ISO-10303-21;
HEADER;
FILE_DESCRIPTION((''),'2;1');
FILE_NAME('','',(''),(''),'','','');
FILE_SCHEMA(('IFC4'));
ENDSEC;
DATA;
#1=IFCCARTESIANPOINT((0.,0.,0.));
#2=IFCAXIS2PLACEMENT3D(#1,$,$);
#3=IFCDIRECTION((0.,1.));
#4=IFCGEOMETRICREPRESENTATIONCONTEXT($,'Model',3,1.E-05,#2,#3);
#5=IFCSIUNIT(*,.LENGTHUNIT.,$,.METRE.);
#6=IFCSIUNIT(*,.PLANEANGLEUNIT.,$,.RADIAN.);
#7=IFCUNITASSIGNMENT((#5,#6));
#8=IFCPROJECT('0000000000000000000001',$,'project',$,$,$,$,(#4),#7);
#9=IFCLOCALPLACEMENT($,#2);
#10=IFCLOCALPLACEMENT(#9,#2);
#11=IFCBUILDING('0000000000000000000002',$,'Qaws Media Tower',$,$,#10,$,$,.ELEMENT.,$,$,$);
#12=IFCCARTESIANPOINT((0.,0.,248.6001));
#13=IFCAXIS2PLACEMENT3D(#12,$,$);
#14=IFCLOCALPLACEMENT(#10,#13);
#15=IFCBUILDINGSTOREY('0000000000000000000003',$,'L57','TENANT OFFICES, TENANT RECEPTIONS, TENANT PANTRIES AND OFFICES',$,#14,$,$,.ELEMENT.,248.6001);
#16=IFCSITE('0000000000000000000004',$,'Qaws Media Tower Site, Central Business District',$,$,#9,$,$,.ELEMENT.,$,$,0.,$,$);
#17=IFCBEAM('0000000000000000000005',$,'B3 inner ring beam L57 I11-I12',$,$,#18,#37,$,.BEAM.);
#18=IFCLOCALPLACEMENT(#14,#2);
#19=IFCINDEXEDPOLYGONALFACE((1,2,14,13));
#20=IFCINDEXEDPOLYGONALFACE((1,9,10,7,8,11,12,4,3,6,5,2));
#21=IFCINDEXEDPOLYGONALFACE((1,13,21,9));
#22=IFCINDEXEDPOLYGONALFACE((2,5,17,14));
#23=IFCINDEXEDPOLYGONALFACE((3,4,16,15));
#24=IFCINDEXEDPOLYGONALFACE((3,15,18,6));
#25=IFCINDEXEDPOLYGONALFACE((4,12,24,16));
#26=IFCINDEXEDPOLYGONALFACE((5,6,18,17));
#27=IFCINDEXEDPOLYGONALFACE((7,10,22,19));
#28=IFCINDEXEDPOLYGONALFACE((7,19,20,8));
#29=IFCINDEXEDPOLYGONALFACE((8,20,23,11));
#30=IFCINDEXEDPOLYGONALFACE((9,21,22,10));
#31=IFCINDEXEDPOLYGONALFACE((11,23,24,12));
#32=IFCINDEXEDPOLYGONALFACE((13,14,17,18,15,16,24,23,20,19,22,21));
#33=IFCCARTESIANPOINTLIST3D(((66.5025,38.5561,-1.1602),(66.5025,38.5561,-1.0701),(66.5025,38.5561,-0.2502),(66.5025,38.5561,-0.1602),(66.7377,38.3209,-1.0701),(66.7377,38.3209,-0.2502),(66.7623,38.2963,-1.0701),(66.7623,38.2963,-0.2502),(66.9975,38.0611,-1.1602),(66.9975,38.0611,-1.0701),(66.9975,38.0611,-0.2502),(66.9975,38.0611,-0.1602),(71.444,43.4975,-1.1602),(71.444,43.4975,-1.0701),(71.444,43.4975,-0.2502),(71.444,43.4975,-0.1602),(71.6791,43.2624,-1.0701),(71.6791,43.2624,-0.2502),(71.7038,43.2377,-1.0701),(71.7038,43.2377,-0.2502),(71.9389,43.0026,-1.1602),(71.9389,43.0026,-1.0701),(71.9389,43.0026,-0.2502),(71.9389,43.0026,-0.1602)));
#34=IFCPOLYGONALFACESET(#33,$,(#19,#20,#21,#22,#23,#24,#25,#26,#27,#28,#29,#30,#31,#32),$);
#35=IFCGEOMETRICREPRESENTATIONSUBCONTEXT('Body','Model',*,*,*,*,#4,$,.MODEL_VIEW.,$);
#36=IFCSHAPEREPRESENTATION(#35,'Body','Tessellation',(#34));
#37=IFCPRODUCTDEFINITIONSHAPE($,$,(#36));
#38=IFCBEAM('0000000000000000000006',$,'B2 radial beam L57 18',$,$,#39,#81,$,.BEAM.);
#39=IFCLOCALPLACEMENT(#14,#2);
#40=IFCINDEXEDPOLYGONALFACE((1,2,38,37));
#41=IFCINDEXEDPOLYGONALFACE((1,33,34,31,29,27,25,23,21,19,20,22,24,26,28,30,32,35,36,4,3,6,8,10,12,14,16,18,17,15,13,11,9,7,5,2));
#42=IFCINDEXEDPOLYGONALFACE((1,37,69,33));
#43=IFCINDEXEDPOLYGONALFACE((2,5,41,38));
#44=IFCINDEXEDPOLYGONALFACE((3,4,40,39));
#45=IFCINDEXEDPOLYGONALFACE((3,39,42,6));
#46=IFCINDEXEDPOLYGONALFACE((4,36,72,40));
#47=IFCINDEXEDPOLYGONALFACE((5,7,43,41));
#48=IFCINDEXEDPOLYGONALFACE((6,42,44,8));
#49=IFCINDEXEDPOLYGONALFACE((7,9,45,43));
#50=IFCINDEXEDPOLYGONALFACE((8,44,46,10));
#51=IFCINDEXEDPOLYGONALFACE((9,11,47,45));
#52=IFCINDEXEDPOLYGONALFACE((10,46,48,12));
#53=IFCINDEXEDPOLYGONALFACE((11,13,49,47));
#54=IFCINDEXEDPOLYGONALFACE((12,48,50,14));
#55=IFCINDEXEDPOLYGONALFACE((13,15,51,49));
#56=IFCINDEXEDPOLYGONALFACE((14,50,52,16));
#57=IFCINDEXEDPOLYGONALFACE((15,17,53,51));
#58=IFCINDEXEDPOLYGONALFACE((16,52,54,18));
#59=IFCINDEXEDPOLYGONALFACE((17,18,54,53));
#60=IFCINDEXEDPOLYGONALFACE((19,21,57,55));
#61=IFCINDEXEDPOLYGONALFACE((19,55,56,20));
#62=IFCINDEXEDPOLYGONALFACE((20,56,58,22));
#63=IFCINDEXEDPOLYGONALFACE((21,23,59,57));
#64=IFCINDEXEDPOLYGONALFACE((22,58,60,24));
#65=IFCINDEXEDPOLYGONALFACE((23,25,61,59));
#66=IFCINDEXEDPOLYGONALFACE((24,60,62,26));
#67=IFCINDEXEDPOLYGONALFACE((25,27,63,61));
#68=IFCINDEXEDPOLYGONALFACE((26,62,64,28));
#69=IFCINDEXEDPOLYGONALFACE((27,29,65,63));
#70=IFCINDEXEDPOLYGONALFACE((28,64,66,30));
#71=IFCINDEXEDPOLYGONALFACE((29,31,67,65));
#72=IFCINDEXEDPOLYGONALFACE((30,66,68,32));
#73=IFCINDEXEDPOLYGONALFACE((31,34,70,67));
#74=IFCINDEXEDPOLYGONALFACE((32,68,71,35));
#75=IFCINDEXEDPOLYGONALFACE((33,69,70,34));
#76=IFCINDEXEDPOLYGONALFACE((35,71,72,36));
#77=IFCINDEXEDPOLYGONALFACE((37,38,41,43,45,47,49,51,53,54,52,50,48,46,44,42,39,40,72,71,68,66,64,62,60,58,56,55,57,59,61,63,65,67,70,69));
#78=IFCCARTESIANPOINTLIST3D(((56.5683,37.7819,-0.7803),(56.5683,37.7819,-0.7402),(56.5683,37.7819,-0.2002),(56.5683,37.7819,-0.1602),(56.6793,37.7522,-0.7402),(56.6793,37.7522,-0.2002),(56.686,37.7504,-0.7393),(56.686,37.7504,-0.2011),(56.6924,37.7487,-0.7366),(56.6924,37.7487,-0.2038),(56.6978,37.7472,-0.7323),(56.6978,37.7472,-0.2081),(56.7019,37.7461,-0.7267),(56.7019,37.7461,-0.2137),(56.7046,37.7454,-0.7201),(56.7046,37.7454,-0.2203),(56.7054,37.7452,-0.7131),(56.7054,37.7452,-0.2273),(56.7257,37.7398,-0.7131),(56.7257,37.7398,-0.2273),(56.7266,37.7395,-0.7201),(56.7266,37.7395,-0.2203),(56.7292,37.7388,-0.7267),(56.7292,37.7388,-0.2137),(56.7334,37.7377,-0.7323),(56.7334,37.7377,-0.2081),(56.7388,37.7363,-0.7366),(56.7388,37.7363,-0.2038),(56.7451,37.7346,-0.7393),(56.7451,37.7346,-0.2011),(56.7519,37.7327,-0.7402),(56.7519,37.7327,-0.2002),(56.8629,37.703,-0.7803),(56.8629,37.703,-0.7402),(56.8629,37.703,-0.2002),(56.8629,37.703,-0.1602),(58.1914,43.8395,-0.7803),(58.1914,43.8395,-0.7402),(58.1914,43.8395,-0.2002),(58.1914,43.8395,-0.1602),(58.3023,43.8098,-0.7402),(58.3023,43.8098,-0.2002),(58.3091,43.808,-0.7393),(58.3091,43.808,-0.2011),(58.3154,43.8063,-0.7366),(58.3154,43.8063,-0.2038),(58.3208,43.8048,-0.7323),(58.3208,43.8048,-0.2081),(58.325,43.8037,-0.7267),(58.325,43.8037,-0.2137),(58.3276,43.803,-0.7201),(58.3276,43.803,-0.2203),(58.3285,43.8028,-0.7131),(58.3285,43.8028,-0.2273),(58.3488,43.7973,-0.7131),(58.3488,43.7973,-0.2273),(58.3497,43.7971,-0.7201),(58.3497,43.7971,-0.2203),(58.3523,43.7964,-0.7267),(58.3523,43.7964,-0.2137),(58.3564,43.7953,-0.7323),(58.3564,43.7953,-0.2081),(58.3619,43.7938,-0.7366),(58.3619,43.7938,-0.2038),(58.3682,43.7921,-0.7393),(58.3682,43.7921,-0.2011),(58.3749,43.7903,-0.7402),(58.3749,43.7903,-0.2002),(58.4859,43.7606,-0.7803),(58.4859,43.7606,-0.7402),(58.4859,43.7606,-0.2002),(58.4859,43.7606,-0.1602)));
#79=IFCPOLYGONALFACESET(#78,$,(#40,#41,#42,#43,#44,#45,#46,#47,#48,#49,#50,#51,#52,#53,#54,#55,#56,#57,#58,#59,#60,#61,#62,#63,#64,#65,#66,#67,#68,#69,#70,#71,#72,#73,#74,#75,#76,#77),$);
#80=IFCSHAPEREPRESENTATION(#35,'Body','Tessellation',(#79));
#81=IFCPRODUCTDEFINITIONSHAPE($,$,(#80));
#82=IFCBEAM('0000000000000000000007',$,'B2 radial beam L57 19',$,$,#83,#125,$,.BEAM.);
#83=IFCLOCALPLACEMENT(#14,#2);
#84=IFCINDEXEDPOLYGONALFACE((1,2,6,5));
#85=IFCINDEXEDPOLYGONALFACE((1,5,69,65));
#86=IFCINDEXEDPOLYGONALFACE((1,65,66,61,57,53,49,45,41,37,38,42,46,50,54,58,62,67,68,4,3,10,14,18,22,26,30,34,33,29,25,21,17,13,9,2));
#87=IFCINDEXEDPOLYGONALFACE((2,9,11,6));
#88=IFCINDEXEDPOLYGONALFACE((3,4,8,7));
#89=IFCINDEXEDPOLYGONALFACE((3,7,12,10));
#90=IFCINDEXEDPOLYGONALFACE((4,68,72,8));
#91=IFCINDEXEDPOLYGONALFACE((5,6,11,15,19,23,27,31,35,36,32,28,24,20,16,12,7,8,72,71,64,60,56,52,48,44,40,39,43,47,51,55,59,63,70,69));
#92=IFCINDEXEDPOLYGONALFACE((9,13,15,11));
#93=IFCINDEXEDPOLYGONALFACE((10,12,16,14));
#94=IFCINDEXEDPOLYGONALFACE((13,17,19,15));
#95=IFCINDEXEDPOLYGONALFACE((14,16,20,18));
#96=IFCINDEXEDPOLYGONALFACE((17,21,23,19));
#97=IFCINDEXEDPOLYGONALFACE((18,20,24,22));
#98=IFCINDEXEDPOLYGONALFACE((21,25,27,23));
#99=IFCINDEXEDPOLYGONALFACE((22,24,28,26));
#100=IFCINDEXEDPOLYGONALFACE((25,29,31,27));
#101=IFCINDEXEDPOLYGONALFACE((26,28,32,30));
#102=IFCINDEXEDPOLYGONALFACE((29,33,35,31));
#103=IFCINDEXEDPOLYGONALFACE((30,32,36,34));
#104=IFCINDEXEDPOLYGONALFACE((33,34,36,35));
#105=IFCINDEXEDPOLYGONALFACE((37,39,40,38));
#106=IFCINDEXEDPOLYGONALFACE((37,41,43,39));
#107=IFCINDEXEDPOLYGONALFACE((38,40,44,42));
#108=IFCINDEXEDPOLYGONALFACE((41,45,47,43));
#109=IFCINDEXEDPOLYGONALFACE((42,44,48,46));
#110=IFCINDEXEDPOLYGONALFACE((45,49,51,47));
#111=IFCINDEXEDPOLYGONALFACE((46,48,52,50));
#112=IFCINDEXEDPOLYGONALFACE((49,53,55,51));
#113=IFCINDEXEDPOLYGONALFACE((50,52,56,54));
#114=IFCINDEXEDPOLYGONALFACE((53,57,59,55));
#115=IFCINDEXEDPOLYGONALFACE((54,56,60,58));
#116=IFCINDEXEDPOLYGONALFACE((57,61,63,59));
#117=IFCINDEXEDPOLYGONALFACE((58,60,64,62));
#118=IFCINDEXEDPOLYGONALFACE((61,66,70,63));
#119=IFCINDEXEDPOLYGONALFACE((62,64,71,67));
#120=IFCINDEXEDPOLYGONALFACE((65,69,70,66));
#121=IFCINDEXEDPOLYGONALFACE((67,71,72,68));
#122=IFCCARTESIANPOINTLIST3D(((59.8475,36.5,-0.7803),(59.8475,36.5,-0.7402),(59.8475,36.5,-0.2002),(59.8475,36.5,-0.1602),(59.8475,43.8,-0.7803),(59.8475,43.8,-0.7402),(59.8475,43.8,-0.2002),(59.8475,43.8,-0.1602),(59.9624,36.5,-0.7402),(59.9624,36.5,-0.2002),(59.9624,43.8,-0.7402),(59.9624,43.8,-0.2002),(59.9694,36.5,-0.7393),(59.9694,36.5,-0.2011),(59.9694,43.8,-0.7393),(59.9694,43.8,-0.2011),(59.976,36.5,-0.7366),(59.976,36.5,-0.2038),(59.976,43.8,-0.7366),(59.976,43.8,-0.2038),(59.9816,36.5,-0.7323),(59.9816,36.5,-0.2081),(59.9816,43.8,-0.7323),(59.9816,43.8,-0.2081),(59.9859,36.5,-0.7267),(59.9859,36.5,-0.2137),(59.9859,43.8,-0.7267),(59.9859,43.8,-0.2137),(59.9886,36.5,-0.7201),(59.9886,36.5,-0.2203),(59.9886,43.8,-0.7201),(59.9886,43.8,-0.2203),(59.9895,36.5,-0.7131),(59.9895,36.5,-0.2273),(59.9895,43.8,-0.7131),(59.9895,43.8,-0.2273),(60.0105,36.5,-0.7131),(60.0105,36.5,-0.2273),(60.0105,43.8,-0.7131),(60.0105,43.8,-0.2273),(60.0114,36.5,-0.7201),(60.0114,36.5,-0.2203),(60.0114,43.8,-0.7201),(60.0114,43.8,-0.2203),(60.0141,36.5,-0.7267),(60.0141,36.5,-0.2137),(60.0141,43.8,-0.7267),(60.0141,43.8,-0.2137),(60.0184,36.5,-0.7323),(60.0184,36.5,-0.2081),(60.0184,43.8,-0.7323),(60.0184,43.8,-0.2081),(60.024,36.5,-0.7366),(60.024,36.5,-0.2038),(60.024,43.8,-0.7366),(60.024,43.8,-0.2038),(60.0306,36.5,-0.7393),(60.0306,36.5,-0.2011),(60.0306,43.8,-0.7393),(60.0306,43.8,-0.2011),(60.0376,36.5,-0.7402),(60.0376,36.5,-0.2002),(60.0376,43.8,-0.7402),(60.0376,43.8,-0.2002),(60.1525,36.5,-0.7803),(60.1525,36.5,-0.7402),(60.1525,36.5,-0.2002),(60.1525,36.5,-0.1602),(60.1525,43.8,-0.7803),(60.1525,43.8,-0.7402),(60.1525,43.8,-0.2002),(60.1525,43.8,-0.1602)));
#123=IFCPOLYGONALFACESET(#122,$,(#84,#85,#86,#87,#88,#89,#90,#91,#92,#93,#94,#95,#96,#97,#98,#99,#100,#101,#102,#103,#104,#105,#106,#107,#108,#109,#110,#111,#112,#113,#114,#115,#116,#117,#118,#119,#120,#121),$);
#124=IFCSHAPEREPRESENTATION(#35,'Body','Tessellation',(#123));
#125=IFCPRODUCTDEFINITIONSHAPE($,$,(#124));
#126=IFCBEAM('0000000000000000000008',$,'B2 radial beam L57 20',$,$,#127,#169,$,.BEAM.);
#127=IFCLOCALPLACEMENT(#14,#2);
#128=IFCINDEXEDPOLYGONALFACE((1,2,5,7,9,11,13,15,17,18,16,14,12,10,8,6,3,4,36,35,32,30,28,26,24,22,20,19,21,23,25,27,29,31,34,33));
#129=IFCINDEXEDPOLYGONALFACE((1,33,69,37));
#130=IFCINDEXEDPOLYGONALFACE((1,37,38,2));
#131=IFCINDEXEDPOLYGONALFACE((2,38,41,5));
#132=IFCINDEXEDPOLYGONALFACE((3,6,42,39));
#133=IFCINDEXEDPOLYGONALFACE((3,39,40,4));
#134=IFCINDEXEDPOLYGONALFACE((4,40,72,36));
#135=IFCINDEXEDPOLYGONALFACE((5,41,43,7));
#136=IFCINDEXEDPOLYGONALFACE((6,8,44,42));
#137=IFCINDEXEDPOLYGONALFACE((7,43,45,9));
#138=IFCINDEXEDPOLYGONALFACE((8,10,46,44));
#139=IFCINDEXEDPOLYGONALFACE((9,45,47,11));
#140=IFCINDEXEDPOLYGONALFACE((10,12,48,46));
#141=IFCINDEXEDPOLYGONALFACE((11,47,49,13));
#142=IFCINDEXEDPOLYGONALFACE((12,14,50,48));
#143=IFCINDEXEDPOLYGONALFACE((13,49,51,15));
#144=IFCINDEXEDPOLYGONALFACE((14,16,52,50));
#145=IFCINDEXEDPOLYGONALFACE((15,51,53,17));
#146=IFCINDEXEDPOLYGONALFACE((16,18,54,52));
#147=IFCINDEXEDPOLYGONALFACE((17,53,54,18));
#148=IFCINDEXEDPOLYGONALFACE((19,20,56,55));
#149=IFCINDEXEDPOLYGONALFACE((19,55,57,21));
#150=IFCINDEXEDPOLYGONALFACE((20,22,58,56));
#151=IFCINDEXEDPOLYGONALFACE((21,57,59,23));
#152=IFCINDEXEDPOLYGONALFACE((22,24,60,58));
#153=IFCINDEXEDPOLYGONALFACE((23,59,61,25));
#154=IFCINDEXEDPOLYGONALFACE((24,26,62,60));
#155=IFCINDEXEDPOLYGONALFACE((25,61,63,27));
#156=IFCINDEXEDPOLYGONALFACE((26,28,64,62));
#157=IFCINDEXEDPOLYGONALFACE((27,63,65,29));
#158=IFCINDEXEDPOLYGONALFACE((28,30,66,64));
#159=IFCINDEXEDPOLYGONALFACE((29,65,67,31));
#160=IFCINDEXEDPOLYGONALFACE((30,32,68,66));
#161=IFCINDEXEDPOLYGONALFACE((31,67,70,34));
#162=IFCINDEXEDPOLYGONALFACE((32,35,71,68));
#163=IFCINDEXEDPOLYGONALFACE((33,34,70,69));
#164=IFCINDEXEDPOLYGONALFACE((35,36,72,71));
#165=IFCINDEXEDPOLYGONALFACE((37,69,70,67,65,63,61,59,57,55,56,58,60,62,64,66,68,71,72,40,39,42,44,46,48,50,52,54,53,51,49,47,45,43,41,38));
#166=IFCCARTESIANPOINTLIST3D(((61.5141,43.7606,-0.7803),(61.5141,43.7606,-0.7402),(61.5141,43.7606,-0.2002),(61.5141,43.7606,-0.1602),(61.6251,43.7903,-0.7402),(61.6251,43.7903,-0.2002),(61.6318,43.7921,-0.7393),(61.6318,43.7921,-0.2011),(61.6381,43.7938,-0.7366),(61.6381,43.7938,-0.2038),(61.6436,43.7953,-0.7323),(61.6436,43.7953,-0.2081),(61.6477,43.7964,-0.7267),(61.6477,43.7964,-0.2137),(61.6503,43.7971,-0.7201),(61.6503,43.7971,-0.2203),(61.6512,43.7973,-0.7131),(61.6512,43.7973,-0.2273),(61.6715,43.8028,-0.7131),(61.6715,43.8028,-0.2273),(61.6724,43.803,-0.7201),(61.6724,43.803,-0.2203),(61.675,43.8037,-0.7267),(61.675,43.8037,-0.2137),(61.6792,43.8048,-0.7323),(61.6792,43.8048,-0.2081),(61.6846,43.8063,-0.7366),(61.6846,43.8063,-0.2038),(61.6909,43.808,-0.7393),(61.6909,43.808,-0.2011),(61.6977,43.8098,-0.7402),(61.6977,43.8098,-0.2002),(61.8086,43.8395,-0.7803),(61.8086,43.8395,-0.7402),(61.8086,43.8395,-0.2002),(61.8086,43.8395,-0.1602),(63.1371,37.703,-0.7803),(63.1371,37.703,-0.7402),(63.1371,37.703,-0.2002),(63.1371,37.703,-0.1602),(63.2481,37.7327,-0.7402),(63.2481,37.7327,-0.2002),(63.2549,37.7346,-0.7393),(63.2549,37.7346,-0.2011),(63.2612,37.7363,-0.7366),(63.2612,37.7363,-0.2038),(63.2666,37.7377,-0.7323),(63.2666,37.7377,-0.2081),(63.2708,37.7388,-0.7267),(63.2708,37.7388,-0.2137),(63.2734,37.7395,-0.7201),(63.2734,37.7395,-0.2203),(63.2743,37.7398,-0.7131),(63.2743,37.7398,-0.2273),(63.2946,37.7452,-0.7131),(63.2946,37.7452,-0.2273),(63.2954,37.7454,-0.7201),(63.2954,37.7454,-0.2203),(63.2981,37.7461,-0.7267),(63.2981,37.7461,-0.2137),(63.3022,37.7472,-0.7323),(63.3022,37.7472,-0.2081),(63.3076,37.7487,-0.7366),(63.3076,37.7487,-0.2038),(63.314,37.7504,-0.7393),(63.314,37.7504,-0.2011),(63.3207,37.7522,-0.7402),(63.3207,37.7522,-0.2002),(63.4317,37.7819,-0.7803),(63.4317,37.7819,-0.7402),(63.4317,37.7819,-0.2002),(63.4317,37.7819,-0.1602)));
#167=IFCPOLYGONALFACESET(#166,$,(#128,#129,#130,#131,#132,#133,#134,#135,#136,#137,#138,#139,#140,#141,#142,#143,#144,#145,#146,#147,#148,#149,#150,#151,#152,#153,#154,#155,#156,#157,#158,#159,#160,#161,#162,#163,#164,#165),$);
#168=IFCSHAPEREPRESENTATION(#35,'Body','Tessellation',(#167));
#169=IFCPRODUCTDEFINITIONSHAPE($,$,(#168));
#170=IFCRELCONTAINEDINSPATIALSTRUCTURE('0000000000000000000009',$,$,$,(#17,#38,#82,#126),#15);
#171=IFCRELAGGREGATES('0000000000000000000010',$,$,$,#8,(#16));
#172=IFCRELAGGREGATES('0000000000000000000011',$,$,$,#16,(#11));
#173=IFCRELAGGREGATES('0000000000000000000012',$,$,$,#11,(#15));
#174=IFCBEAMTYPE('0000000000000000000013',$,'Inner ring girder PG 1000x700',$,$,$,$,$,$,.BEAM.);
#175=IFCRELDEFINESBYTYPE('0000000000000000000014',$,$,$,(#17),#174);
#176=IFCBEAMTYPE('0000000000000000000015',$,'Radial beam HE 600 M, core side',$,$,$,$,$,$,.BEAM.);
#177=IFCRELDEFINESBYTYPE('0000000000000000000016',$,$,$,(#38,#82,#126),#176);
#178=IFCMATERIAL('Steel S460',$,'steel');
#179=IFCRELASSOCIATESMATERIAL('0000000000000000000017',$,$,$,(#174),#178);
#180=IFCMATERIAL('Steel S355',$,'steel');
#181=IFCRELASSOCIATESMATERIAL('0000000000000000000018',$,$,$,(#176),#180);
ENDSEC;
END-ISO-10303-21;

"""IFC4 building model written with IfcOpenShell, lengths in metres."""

from ifc_helpers import new_model, si_unit, direction, frame, origin, origin_2d, place, context, subcontext, project, spatial, i_section, extrude, material, material_profile, profile_set, type_object, element, save


model = new_model("IFC4")

# Units and contexts
model_context = context("Model", 3, precision=1e-05, world=origin(), true_north=direction((0.0, 1.0)))
body_context = subcontext(model_context, "Body", "Model", "MODEL_VIEW")
ifc_project = project(units=[si_unit("LENGTHUNIT", "METRE"), si_unit("PLANEANGLEUNIT", "RADIAN")], contexts=[model_context])

# Site, building, storey
site_placement = place(None, origin())
site = spatial("IfcSite", under=ifc_project, at=site_placement, Name="Qaws Media Tower Site, Central Business District", CompositionType="ELEMENT", RefElevation=0.0)
building_placement = place(site_placement, origin())
building = spatial("IfcBuilding", under=site, at=building_placement, Name="Qaws Media Tower", CompositionType="ELEMENT")
storey_placement = place(building_placement, frame((0.0, 0.0, 248.6001)))
storey = spatial("IfcBuildingStorey", under=building, at=storey_placement, Name="L57", Description="TENANT OFFICES, TENANT RECEPTIONS, TENANT PANTRIES AND OFFICES", CompositionType="ELEMENT", Elevation=248.6001)

# Beams
ifc_material_1 = material(Name="Steel S460", Category="steel")
ifc_material_profile_1 = material_profile(ifc_material_1, i_section(OverallWidth=0.7, OverallDepth=1.0, WebThickness=0.0349, FlangeThickness=0.0901, at=origin_2d()), Name="PG 1000x700")
ifc_profile_set_1 = profile_set([ifc_material_profile_1], Name="Steel S460")
beam_type_1 = type_object("IfcBeamType", Name="Inner ring girder PG 1000x700", PredefinedType="BEAM", material=ifc_profile_set_1)
beam_1_placement = place(storey_placement, frame((66.75, 38.3086, -0.6602), z_axis=(0.707107, 0.707107, 0.0), x_axis=(-0.707107, 0.707107, 0.0)))
element("IfcBeam", 1, at=beam_1_placement, inside=storey, type_object=beam_type_1, Name="B3 inner ring beam L57 I11-I12", PredefinedType="BEAM", context=body_context, shape_type="SweptSolid", body=[
    extrude(i_section(OverallWidth=0.7, OverallDepth=1.0, WebThickness=0.0349, FlangeThickness=0.0901, at=origin_2d()), origin(), (0.0, 0.0, 1.0), 6.9883),
])
ifc_material_2 = material(Name="Steel S355", Category="steel")
ifc_material_profile_2 = material_profile(ifc_material_2, i_section(OverallWidth=0.3049, OverallDepth=0.6201, WebThickness=0.021, FlangeThickness=0.04, FilletRadius=0.0271, at=origin_2d()), Name="HE 600 M")
ifc_profile_set_2 = profile_set([ifc_material_profile_2], Name="Steel S355")
beam_type_2 = type_object("IfcBeamType", Name="Radial beam HE 600 M, core side", PredefinedType="BEAM", material=ifc_profile_set_2)
beam_2_placement = place(storey_placement, frame((58.3386, 43.8, -0.4702), z_axis=(-0.258806, -0.965929, 0.0), x_axis=(0.965929, -0.258806, 0.0)))
element("IfcBeam", 2, at=beam_2_placement, inside=storey, type_object=beam_type_2, Name="B2 radial beam L57 18", PredefinedType="BEAM", context=body_context, shape_type="SweptSolid", body=[
    extrude(i_section(OverallWidth=0.3049, OverallDepth=0.6201, WebThickness=0.021, FlangeThickness=0.04, FilletRadius=0.0271, at=origin_2d()), origin(), (0.0, 0.0, 1.0), 6.2712),
])
beam_3_placement = place(storey_placement, frame((60.0, 43.8, -0.4702), z_axis=(0.0, -1.0, 0.0), x_axis=(1.0, 0.0, 0.0)))
element("IfcBeam", 3, at=beam_3_placement, inside=storey, type_object=beam_type_2, Name="B2 radial beam L57 19", PredefinedType="BEAM", context=body_context, shape_type="SweptSolid", body=[
    extrude(i_section(OverallWidth=0.3049, OverallDepth=0.6201, WebThickness=0.021, FlangeThickness=0.04, FilletRadius=0.0271, at=origin_2d()), origin(), (0.0, 0.0, 1.0), 7.3),
])
beam_4_placement = place(storey_placement, frame((61.6614, 43.8, -0.4702), z_axis=(0.258806, -0.965929, 0.0), x_axis=(0.965929, 0.258806, 0.0)))
element("IfcBeam", 4, at=beam_4_placement, inside=storey, type_object=beam_type_2, Name="B2 radial beam L57 20", PredefinedType="BEAM", context=body_context, shape_type="SweptSolid", body=[
    extrude(i_section(OverallWidth=0.3049, OverallDepth=0.6201, WebThickness=0.021, FlangeThickness=0.04, FilletRadius=0.0271, at=origin_2d()), origin(), (0.0, 0.0, 1.0), 6.2712),
])

save(model, "model.ifc")
